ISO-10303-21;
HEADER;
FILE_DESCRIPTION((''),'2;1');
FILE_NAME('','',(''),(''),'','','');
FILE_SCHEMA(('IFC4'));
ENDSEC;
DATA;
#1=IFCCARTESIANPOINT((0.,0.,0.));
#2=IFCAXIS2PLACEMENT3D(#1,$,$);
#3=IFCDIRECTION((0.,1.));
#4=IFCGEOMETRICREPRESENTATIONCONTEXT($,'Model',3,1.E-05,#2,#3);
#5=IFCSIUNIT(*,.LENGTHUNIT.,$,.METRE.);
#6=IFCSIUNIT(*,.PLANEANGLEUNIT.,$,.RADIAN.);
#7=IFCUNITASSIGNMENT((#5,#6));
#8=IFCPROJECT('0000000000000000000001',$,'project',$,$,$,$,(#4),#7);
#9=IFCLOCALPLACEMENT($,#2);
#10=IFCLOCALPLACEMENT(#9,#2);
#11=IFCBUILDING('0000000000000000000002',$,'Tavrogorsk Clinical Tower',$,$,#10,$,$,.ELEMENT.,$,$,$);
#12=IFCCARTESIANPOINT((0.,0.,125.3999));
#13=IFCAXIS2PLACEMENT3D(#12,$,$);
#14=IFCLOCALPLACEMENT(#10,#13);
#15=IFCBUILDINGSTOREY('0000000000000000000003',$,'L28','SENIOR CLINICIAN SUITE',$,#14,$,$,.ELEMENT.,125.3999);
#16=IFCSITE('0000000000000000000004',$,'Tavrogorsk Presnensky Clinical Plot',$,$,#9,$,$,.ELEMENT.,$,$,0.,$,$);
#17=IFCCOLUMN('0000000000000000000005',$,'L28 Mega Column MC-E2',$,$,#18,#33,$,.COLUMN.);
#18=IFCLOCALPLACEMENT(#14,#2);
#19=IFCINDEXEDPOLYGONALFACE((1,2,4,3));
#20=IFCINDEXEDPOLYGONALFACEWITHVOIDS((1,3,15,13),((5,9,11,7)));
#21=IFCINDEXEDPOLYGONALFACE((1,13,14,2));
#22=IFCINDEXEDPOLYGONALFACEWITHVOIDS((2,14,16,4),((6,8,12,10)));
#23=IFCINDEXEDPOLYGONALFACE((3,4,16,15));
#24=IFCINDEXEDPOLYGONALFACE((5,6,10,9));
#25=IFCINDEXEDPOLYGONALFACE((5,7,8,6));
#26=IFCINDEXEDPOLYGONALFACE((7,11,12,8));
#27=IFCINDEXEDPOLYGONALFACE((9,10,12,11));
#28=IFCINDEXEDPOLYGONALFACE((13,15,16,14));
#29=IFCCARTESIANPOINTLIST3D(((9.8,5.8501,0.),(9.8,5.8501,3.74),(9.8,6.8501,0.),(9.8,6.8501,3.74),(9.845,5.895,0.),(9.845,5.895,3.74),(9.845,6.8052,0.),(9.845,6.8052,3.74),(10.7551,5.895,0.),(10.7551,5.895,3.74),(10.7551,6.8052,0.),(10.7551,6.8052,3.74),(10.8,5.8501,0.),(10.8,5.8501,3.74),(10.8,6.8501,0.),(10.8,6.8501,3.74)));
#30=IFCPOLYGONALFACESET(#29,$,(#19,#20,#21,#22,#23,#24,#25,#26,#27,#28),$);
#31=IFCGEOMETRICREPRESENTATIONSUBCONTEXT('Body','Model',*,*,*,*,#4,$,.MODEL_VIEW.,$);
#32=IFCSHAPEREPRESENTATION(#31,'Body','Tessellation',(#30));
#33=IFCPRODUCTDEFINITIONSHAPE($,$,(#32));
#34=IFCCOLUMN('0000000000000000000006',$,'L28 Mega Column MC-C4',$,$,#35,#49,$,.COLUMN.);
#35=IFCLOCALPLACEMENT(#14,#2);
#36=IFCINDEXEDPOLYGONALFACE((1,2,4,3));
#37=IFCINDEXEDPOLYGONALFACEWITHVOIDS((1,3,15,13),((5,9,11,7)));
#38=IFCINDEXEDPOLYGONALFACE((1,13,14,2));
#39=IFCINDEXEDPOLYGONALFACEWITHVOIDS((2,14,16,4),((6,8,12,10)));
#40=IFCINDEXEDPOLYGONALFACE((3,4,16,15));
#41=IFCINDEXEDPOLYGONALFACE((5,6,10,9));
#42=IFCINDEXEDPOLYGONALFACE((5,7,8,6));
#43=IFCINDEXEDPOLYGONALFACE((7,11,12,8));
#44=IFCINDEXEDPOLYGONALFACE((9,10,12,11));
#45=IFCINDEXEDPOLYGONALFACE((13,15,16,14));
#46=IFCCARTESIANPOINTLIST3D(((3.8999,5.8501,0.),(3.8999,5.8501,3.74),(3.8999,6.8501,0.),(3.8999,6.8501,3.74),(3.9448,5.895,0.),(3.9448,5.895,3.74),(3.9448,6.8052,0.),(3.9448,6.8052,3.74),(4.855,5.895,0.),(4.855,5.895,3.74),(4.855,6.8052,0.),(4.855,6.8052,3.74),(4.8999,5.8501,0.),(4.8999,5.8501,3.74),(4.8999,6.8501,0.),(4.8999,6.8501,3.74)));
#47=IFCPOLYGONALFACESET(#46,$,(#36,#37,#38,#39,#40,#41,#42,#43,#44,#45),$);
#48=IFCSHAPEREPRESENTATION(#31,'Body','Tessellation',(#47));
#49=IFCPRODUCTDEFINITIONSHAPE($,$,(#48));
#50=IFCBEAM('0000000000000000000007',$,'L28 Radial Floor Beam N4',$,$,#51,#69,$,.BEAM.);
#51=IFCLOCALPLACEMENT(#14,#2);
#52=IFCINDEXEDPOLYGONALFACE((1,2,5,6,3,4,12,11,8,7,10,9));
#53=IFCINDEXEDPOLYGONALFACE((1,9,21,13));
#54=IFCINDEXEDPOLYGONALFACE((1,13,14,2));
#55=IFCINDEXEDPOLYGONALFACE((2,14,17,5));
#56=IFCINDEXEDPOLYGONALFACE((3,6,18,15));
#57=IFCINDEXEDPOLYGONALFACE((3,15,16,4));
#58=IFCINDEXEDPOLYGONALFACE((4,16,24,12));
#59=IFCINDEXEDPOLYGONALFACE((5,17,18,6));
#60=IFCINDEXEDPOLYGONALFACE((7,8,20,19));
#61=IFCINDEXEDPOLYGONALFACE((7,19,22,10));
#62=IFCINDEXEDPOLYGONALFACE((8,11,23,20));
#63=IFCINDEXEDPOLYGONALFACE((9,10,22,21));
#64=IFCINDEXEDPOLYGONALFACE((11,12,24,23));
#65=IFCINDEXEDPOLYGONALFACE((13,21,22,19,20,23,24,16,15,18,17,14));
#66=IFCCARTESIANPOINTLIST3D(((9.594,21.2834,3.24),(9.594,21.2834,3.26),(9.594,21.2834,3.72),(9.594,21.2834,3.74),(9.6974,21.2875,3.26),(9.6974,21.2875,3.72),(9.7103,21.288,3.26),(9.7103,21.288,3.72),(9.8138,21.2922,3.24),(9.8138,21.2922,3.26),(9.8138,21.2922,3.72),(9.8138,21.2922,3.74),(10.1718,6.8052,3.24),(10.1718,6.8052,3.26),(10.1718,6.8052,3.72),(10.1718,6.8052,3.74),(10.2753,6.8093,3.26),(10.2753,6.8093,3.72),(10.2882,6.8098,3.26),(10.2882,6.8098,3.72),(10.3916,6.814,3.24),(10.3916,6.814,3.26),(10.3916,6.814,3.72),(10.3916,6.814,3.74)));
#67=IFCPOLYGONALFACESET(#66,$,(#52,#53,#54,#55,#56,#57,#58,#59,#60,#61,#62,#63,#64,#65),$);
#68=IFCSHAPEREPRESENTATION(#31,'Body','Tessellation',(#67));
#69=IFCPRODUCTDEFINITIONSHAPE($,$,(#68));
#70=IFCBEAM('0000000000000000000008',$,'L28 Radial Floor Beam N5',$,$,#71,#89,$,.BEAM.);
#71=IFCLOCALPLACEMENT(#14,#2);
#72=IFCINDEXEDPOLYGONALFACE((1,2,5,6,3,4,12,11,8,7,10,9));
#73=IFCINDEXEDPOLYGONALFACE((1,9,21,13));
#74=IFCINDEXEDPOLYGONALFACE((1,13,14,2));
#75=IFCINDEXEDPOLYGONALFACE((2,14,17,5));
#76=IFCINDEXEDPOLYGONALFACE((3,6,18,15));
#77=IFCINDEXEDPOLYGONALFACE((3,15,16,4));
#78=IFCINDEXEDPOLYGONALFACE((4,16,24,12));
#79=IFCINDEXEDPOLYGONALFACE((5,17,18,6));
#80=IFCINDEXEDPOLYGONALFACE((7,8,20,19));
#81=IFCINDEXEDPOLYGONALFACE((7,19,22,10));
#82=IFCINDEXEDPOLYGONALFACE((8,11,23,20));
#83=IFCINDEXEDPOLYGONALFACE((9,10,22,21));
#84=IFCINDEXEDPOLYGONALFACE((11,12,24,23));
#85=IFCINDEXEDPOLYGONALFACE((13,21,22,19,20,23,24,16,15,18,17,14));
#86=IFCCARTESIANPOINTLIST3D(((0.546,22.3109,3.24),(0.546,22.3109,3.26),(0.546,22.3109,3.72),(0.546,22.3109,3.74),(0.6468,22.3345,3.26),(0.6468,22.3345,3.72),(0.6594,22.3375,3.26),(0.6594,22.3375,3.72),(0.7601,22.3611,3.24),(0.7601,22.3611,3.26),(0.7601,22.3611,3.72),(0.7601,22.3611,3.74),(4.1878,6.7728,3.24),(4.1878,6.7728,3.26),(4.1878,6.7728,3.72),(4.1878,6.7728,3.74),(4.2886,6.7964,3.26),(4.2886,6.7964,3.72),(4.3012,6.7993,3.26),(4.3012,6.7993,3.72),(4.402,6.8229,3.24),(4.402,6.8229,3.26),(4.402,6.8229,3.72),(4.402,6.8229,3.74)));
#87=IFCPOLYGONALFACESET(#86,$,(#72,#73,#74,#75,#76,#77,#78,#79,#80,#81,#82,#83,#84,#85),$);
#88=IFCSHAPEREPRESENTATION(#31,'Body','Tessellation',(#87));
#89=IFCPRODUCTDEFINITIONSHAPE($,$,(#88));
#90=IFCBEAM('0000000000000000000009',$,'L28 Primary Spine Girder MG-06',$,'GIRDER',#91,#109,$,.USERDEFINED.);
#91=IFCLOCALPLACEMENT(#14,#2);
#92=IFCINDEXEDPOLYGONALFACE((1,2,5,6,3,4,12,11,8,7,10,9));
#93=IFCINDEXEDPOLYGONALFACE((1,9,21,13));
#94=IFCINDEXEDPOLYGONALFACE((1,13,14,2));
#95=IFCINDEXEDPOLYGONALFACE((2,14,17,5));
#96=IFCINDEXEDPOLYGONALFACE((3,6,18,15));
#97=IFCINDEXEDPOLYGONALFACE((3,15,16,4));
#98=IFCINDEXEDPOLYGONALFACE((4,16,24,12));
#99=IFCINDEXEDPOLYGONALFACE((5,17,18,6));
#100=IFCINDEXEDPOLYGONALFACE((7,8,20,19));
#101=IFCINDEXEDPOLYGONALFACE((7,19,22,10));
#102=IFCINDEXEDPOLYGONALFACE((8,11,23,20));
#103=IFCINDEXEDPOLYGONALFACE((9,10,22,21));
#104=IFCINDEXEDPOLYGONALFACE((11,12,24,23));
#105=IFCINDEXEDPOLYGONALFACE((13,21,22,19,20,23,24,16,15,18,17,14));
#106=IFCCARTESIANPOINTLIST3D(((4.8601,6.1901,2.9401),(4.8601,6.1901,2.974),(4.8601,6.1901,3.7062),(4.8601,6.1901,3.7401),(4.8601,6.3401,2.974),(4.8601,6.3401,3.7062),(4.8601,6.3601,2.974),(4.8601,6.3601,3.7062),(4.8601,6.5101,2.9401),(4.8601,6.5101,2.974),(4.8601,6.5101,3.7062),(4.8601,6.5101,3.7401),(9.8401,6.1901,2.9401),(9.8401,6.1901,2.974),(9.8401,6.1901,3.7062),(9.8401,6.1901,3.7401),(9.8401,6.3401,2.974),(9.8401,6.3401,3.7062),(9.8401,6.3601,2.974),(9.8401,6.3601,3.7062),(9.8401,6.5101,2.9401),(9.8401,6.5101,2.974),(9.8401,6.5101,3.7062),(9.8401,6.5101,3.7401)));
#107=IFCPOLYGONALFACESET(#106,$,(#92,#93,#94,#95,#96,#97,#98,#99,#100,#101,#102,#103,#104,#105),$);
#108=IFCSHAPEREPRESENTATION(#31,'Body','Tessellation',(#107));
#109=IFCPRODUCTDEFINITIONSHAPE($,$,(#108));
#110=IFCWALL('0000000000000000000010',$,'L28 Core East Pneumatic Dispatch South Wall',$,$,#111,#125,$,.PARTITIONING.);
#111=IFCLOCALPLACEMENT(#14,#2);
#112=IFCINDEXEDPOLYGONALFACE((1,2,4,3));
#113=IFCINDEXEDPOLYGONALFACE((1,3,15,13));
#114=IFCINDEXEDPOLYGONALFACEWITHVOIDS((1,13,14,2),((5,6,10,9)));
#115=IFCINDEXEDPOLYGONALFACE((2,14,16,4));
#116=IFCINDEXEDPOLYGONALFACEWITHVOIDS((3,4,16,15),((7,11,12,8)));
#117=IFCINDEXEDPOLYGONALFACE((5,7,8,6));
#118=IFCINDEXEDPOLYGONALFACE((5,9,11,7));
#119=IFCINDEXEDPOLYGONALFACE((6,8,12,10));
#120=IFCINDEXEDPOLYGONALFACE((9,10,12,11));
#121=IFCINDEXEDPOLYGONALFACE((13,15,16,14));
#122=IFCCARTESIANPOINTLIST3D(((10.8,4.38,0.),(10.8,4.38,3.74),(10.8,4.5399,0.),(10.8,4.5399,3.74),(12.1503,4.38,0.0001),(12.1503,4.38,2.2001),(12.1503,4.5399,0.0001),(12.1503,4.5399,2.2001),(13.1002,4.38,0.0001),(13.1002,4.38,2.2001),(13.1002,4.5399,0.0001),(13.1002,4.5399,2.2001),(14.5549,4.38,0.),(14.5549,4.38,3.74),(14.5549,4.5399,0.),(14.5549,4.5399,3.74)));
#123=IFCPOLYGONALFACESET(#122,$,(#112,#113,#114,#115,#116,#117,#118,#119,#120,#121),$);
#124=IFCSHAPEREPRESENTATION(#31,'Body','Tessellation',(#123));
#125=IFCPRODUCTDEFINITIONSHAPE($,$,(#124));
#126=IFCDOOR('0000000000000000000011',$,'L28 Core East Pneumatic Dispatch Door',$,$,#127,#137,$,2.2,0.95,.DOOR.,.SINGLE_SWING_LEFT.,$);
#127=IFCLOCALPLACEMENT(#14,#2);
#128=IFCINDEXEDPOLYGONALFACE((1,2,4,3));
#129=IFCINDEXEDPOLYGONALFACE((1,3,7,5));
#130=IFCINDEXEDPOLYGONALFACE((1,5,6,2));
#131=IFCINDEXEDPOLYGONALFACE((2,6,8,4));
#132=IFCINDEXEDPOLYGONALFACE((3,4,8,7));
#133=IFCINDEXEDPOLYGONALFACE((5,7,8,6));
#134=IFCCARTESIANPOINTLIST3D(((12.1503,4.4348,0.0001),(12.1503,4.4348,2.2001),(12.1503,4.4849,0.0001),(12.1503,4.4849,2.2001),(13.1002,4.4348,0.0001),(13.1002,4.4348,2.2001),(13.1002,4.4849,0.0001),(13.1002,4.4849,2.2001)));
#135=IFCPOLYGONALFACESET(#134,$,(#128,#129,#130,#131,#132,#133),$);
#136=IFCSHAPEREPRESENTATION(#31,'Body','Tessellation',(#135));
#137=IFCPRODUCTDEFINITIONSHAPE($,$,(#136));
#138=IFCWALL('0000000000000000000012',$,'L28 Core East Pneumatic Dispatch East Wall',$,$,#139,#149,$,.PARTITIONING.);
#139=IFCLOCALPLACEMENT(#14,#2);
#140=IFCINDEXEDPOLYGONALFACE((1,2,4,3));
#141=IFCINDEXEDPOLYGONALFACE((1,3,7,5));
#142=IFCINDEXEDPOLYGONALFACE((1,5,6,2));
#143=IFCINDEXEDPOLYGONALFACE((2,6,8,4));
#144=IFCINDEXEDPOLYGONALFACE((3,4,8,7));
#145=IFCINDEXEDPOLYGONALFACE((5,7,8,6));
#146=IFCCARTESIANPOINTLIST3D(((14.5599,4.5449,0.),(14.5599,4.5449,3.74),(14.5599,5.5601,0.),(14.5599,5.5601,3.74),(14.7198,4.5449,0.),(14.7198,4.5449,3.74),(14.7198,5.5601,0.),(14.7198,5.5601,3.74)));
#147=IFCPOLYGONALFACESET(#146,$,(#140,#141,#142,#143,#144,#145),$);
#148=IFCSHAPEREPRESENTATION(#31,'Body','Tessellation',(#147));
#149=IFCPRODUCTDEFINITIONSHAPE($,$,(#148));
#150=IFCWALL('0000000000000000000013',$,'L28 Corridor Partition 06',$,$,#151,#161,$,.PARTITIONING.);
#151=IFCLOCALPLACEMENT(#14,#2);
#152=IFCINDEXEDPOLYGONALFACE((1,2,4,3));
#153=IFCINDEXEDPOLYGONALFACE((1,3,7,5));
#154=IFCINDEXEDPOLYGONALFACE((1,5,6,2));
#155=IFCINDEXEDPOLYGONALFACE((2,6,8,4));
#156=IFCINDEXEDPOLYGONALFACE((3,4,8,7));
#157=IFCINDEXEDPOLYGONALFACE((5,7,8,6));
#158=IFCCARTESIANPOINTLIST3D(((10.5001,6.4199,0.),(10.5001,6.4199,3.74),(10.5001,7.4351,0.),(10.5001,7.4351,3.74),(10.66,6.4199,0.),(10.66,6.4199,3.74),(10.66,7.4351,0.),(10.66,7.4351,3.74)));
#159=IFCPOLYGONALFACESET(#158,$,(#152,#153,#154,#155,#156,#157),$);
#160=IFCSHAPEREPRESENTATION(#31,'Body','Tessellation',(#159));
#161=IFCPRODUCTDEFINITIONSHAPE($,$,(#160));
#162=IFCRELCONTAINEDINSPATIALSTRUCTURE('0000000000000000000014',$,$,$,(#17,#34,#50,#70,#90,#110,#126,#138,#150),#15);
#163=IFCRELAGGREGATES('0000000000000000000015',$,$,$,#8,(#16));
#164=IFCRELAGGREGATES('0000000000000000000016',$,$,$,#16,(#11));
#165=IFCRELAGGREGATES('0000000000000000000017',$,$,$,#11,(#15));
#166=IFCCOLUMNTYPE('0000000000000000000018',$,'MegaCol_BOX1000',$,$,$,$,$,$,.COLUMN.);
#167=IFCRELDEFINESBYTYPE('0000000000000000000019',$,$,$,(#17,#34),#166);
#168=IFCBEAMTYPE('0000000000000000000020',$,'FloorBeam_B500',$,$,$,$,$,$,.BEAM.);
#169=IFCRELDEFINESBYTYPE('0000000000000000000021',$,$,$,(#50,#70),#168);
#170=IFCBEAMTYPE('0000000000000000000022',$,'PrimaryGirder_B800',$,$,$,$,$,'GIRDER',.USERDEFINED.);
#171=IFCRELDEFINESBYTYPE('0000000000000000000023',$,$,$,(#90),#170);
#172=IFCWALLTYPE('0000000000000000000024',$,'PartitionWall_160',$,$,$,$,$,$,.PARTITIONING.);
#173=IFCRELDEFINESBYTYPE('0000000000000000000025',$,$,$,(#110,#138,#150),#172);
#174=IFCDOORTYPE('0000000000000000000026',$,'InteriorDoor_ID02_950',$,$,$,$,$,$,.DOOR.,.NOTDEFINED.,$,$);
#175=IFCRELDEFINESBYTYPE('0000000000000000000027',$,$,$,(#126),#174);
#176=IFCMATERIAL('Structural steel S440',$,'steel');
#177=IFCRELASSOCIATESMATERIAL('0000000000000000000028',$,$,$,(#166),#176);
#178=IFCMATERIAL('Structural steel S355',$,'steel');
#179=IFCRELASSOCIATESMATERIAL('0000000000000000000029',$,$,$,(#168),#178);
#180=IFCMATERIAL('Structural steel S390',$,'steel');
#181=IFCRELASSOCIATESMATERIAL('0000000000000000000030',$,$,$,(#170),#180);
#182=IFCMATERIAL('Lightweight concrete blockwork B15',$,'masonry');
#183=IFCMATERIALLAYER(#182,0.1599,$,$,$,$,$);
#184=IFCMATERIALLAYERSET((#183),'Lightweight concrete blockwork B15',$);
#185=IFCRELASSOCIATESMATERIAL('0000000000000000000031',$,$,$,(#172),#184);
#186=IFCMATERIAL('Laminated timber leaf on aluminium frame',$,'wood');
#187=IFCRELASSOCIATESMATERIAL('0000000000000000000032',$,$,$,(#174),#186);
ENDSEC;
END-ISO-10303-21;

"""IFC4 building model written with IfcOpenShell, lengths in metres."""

from ifc_helpers import new_model, si_unit, direction, frame, frame_2d, origin, origin_2d, place, context, subcontext, project, spatial, rectangle, hollow_rectangle, i_section, extrude, material, layer, layer_set, material_profile, profile_set, type_object, element, fill, save


model = new_model("IFC4")

# Units and contexts
model_context = context("Model", 3, precision=1e-05, world=origin(), true_north=direction((0.0, 1.0)))
body_context = subcontext(model_context, "Body", "Model", "MODEL_VIEW")
ifc_project = project(units=[si_unit("LENGTHUNIT", "METRE"), si_unit("PLANEANGLEUNIT", "RADIAN")], contexts=[model_context])

# Site, building, storey
site_placement = place(None, origin())
site = spatial("IfcSite", under=ifc_project, at=site_placement, Name="Tavrogorsk Presnensky Clinical Plot", CompositionType="ELEMENT", RefElevation=0.0)
building_placement = place(site_placement, origin())
building = spatial("IfcBuilding", under=site, at=building_placement, Name="Tavrogorsk Clinical Tower", CompositionType="ELEMENT")
storey_placement = place(building_placement, frame((0.0, 0.0, 125.3999)))
storey = spatial("IfcBuildingStorey", under=building, at=storey_placement, Name="L28", Description="SENIOR CLINICIAN SUITE", CompositionType="ELEMENT", Elevation=125.3999)

# Columns
ifc_material_1 = material(Name="Structural steel S440", Category="steel")
ifc_material_profile_1 = material_profile(ifc_material_1, hollow_rectangle(XDim=1.0, YDim=1.0, WallThickness=0.0449, at=origin_2d()), Name="BOX-1000x1000x45")
ifc_profile_set_1 = profile_set([ifc_material_profile_1], Name="Structural steel S440")
column_type = type_object("IfcColumnType", Name="MegaCol_BOX1000", PredefinedType="COLUMN", material=ifc_profile_set_1)
for number, where, z_axis, x_axis, name in (
    (1, (10.3, 6.3501, 0.0), (0.0, 0.0, 1.0), (1.0, 0.0, 0.0), "L28 Mega Column MC-E2"),
    (2, (4.3999, 6.3501, 0.0), (0.0, 0.0, 1.0), (1.0, 0.0, 0.0), "L28 Mega Column MC-C4"),
):
    element("IfcColumn", number, at=place(storey_placement, frame(where, z_axis=z_axis, x_axis=x_axis)), inside=storey, type_object=column_type, Name=name, PredefinedType="COLUMN", context=body_context, shape_type="SweptSolid", body=[
        extrude(hollow_rectangle(XDim=1.0, YDim=1.0, WallThickness=0.0449, at=origin_2d()), origin(), (0.0, 0.0, 1.0), 3.74),
    ])

# Beams
ifc_material_2 = material(Name="Structural steel S355", Category="steel")
ifc_material_profile_2 = material_profile(ifc_material_2, i_section(OverallWidth=0.22, OverallDepth=0.5, WebThickness=0.0129, FlangeThickness=0.02, at=origin_2d()), Name="B-500x220x13x20")
ifc_profile_set_2 = profile_set([ifc_material_profile_2], Name="Structural steel S355")
beam_type_1 = type_object("IfcBeamType", Name="FloorBeam_B500", PredefinedType="BEAM", material=ifc_profile_set_2)
beam_1_placement = place(storey_placement, frame((10.2817, 6.8096, 3.49), z_axis=(-0.039882, 0.999204, 0.0), x_axis=(-0.999204, -0.039882, 0.0)))
element("IfcBeam", 3, at=beam_1_placement, inside=storey, type_object=beam_type_1, Name="L28 Radial Floor Beam N4", PredefinedType="BEAM", context=body_context, shape_type="SweptSolid", body=[
    extrude(i_section(OverallWidth=0.22, OverallDepth=0.5, WebThickness=0.0129, FlangeThickness=0.02, at=origin_2d()), origin(), (0.0, 0.0, 1.0), 14.4897),
])
beam_2_placement = place(storey_placement, frame((4.2949, 6.7979, 3.49), z_axis=(-0.228198, 0.973615, 0.0), x_axis=(-0.973615, -0.228198, 0.0)))
element("IfcBeam", 4, at=beam_2_placement, inside=storey, type_object=beam_type_1, Name="L28 Radial Floor Beam N5", PredefinedType="BEAM", context=body_context, shape_type="SweptSolid", body=[
    extrude(i_section(OverallWidth=0.22, OverallDepth=0.5, WebThickness=0.0129, FlangeThickness=0.02, at=origin_2d()), origin(), (0.0, 0.0, 1.0), 15.9592),
])
ifc_material_3 = material(Name="Structural steel S390", Category="steel")
ifc_material_profile_3 = material_profile(ifc_material_3, i_section(OverallWidth=0.3201, OverallDepth=0.8, WebThickness=0.02, FlangeThickness=0.0339, at=origin_2d()), Name="B-800x320x20x34")
ifc_profile_set_3 = profile_set([ifc_material_profile_3], Name="Structural steel S390")
beam_type_2 = type_object("IfcBeamType", Name="PrimaryGirder_B800", ElementType="GIRDER", PredefinedType="USERDEFINED", material=ifc_profile_set_3)
beam_3_placement = place(storey_placement, frame((4.8601, 6.3501, 3.3401), z_axis=(1.0, 0.0, 0.0), x_axis=(0.0, 1.0, 0.0)))
element("IfcBeam", 5, at=beam_3_placement, inside=storey, type_object=beam_type_2, Name="L28 Primary Spine Girder MG-06", ObjectType="GIRDER", PredefinedType="USERDEFINED", context=body_context, shape_type="SweptSolid", body=[
    extrude(i_section(OverallWidth=0.3201, OverallDepth=0.8, WebThickness=0.02, FlangeThickness=0.0339, at=origin_2d()), origin(), (0.0, 0.0, 1.0), 4.98),
])

# Wall, opening, door
ifc_material_4 = material(Name="Lightweight concrete blockwork B15", Category="masonry")
ifc_layer_1 = layer(ifc_material_4, 0.1599)
ifc_layer_set_1 = layer_set([ifc_layer_1], Name="Lightweight concrete blockwork B15")
wall_type_1 = type_object("IfcWallType", Name="PartitionWall_160", PredefinedType="PARTITIONING", material=ifc_layer_set_1)
wall_1_placement = place(storey_placement, frame((10.8, 4.46, 0.0), z_axis=(0.0, 0.0, 1.0), x_axis=(1.0, 0.0, 0.0)))
wall_1 = element("IfcWall", 6, at=wall_1_placement, inside=storey, type_object=wall_type_1, Name="L28 Core East Pneumatic Dispatch South Wall", PredefinedType="PARTITIONING", context=body_context, shape_type="SweptSolid", body=[
    extrude(rectangle(XDim=3.7549, YDim=0.1599, at=frame_2d((1.8774, 0.0))), origin(), (0.0, 0.0, 1.0), 3.74),
])
opening_1_placement = place(wall_1_placement, frame((1.3501, 0.0, 0.0)))
opening_1 = element("IfcOpeningElement", 7, at=opening_1_placement, cuts=wall_1, PredefinedType="OPENING", context=body_context, shape_type="SweptSolid", body=[
    extrude(rectangle(XDim=0.95, YDim=2.2, at=frame_2d((0.4751, 1.1001))), frame((0.0, 0.0898, 0.0), z_axis=(0.0, -1.0, 0.0), x_axis=(1.0, 0.0, 0.0)), (0.0, 0.0, 1.0), 0.1799),
])
ifc_material_5 = material(Name="Laminated timber leaf on aluminium frame", Category="wood")
door_type_1 = type_object("IfcDoorType", Name="InteriorDoor_ID02_950", OperationType="NOTDEFINED", PredefinedType="DOOR", material=ifc_material_5)
door_1_placement = place(opening_1_placement, origin())
door_1 = element("IfcDoor", 8, at=door_1_placement, inside=storey, type_object=door_type_1, Name="L28 Core East Pneumatic Dispatch Door", OperationType="SINGLE_SWING_LEFT", OverallHeight=2.2, OverallWidth=0.95, PredefinedType="DOOR", context=body_context, shape_type="SweptSolid", body=[
    extrude(rectangle(XDim=0.95, YDim=2.2, at=frame_2d((0.4751, 1.1001))), frame((0.0, 0.0249, 0.0), z_axis=(0.0, -1.0, 0.0), x_axis=(1.0, 0.0, 0.0)), (0.0, 0.0, 1.0), 0.05),
])
fill(opening_1, door_1)

# Walls
for number, where, z_axis, x_axis, name in (
    (9, (14.6399, 4.5449, 0.0), (0.0, 0.0, 1.0), (0.0, 1.0, 0.0), "L28 Core East Pneumatic Dispatch East Wall"),
    (10, (10.5801, 7.4351, 0.0), (0.0, 0.0, 1.0), (0.0, -1.0, 0.0), "L28 Corridor Partition 06"),
):
    element("IfcWall", number, at=place(storey_placement, frame(where, z_axis=z_axis, x_axis=x_axis)), inside=storey, type_object=wall_type_1, Name=name, PredefinedType="PARTITIONING", context=body_context, shape_type="SweptSolid", body=[
        extrude(rectangle(XDim=1.0151, YDim=0.1599, at=frame_2d((0.5076, 0.0))), origin(), (0.0, 0.0, 1.0), 3.74),
    ])

save(model, "model.ifc")
